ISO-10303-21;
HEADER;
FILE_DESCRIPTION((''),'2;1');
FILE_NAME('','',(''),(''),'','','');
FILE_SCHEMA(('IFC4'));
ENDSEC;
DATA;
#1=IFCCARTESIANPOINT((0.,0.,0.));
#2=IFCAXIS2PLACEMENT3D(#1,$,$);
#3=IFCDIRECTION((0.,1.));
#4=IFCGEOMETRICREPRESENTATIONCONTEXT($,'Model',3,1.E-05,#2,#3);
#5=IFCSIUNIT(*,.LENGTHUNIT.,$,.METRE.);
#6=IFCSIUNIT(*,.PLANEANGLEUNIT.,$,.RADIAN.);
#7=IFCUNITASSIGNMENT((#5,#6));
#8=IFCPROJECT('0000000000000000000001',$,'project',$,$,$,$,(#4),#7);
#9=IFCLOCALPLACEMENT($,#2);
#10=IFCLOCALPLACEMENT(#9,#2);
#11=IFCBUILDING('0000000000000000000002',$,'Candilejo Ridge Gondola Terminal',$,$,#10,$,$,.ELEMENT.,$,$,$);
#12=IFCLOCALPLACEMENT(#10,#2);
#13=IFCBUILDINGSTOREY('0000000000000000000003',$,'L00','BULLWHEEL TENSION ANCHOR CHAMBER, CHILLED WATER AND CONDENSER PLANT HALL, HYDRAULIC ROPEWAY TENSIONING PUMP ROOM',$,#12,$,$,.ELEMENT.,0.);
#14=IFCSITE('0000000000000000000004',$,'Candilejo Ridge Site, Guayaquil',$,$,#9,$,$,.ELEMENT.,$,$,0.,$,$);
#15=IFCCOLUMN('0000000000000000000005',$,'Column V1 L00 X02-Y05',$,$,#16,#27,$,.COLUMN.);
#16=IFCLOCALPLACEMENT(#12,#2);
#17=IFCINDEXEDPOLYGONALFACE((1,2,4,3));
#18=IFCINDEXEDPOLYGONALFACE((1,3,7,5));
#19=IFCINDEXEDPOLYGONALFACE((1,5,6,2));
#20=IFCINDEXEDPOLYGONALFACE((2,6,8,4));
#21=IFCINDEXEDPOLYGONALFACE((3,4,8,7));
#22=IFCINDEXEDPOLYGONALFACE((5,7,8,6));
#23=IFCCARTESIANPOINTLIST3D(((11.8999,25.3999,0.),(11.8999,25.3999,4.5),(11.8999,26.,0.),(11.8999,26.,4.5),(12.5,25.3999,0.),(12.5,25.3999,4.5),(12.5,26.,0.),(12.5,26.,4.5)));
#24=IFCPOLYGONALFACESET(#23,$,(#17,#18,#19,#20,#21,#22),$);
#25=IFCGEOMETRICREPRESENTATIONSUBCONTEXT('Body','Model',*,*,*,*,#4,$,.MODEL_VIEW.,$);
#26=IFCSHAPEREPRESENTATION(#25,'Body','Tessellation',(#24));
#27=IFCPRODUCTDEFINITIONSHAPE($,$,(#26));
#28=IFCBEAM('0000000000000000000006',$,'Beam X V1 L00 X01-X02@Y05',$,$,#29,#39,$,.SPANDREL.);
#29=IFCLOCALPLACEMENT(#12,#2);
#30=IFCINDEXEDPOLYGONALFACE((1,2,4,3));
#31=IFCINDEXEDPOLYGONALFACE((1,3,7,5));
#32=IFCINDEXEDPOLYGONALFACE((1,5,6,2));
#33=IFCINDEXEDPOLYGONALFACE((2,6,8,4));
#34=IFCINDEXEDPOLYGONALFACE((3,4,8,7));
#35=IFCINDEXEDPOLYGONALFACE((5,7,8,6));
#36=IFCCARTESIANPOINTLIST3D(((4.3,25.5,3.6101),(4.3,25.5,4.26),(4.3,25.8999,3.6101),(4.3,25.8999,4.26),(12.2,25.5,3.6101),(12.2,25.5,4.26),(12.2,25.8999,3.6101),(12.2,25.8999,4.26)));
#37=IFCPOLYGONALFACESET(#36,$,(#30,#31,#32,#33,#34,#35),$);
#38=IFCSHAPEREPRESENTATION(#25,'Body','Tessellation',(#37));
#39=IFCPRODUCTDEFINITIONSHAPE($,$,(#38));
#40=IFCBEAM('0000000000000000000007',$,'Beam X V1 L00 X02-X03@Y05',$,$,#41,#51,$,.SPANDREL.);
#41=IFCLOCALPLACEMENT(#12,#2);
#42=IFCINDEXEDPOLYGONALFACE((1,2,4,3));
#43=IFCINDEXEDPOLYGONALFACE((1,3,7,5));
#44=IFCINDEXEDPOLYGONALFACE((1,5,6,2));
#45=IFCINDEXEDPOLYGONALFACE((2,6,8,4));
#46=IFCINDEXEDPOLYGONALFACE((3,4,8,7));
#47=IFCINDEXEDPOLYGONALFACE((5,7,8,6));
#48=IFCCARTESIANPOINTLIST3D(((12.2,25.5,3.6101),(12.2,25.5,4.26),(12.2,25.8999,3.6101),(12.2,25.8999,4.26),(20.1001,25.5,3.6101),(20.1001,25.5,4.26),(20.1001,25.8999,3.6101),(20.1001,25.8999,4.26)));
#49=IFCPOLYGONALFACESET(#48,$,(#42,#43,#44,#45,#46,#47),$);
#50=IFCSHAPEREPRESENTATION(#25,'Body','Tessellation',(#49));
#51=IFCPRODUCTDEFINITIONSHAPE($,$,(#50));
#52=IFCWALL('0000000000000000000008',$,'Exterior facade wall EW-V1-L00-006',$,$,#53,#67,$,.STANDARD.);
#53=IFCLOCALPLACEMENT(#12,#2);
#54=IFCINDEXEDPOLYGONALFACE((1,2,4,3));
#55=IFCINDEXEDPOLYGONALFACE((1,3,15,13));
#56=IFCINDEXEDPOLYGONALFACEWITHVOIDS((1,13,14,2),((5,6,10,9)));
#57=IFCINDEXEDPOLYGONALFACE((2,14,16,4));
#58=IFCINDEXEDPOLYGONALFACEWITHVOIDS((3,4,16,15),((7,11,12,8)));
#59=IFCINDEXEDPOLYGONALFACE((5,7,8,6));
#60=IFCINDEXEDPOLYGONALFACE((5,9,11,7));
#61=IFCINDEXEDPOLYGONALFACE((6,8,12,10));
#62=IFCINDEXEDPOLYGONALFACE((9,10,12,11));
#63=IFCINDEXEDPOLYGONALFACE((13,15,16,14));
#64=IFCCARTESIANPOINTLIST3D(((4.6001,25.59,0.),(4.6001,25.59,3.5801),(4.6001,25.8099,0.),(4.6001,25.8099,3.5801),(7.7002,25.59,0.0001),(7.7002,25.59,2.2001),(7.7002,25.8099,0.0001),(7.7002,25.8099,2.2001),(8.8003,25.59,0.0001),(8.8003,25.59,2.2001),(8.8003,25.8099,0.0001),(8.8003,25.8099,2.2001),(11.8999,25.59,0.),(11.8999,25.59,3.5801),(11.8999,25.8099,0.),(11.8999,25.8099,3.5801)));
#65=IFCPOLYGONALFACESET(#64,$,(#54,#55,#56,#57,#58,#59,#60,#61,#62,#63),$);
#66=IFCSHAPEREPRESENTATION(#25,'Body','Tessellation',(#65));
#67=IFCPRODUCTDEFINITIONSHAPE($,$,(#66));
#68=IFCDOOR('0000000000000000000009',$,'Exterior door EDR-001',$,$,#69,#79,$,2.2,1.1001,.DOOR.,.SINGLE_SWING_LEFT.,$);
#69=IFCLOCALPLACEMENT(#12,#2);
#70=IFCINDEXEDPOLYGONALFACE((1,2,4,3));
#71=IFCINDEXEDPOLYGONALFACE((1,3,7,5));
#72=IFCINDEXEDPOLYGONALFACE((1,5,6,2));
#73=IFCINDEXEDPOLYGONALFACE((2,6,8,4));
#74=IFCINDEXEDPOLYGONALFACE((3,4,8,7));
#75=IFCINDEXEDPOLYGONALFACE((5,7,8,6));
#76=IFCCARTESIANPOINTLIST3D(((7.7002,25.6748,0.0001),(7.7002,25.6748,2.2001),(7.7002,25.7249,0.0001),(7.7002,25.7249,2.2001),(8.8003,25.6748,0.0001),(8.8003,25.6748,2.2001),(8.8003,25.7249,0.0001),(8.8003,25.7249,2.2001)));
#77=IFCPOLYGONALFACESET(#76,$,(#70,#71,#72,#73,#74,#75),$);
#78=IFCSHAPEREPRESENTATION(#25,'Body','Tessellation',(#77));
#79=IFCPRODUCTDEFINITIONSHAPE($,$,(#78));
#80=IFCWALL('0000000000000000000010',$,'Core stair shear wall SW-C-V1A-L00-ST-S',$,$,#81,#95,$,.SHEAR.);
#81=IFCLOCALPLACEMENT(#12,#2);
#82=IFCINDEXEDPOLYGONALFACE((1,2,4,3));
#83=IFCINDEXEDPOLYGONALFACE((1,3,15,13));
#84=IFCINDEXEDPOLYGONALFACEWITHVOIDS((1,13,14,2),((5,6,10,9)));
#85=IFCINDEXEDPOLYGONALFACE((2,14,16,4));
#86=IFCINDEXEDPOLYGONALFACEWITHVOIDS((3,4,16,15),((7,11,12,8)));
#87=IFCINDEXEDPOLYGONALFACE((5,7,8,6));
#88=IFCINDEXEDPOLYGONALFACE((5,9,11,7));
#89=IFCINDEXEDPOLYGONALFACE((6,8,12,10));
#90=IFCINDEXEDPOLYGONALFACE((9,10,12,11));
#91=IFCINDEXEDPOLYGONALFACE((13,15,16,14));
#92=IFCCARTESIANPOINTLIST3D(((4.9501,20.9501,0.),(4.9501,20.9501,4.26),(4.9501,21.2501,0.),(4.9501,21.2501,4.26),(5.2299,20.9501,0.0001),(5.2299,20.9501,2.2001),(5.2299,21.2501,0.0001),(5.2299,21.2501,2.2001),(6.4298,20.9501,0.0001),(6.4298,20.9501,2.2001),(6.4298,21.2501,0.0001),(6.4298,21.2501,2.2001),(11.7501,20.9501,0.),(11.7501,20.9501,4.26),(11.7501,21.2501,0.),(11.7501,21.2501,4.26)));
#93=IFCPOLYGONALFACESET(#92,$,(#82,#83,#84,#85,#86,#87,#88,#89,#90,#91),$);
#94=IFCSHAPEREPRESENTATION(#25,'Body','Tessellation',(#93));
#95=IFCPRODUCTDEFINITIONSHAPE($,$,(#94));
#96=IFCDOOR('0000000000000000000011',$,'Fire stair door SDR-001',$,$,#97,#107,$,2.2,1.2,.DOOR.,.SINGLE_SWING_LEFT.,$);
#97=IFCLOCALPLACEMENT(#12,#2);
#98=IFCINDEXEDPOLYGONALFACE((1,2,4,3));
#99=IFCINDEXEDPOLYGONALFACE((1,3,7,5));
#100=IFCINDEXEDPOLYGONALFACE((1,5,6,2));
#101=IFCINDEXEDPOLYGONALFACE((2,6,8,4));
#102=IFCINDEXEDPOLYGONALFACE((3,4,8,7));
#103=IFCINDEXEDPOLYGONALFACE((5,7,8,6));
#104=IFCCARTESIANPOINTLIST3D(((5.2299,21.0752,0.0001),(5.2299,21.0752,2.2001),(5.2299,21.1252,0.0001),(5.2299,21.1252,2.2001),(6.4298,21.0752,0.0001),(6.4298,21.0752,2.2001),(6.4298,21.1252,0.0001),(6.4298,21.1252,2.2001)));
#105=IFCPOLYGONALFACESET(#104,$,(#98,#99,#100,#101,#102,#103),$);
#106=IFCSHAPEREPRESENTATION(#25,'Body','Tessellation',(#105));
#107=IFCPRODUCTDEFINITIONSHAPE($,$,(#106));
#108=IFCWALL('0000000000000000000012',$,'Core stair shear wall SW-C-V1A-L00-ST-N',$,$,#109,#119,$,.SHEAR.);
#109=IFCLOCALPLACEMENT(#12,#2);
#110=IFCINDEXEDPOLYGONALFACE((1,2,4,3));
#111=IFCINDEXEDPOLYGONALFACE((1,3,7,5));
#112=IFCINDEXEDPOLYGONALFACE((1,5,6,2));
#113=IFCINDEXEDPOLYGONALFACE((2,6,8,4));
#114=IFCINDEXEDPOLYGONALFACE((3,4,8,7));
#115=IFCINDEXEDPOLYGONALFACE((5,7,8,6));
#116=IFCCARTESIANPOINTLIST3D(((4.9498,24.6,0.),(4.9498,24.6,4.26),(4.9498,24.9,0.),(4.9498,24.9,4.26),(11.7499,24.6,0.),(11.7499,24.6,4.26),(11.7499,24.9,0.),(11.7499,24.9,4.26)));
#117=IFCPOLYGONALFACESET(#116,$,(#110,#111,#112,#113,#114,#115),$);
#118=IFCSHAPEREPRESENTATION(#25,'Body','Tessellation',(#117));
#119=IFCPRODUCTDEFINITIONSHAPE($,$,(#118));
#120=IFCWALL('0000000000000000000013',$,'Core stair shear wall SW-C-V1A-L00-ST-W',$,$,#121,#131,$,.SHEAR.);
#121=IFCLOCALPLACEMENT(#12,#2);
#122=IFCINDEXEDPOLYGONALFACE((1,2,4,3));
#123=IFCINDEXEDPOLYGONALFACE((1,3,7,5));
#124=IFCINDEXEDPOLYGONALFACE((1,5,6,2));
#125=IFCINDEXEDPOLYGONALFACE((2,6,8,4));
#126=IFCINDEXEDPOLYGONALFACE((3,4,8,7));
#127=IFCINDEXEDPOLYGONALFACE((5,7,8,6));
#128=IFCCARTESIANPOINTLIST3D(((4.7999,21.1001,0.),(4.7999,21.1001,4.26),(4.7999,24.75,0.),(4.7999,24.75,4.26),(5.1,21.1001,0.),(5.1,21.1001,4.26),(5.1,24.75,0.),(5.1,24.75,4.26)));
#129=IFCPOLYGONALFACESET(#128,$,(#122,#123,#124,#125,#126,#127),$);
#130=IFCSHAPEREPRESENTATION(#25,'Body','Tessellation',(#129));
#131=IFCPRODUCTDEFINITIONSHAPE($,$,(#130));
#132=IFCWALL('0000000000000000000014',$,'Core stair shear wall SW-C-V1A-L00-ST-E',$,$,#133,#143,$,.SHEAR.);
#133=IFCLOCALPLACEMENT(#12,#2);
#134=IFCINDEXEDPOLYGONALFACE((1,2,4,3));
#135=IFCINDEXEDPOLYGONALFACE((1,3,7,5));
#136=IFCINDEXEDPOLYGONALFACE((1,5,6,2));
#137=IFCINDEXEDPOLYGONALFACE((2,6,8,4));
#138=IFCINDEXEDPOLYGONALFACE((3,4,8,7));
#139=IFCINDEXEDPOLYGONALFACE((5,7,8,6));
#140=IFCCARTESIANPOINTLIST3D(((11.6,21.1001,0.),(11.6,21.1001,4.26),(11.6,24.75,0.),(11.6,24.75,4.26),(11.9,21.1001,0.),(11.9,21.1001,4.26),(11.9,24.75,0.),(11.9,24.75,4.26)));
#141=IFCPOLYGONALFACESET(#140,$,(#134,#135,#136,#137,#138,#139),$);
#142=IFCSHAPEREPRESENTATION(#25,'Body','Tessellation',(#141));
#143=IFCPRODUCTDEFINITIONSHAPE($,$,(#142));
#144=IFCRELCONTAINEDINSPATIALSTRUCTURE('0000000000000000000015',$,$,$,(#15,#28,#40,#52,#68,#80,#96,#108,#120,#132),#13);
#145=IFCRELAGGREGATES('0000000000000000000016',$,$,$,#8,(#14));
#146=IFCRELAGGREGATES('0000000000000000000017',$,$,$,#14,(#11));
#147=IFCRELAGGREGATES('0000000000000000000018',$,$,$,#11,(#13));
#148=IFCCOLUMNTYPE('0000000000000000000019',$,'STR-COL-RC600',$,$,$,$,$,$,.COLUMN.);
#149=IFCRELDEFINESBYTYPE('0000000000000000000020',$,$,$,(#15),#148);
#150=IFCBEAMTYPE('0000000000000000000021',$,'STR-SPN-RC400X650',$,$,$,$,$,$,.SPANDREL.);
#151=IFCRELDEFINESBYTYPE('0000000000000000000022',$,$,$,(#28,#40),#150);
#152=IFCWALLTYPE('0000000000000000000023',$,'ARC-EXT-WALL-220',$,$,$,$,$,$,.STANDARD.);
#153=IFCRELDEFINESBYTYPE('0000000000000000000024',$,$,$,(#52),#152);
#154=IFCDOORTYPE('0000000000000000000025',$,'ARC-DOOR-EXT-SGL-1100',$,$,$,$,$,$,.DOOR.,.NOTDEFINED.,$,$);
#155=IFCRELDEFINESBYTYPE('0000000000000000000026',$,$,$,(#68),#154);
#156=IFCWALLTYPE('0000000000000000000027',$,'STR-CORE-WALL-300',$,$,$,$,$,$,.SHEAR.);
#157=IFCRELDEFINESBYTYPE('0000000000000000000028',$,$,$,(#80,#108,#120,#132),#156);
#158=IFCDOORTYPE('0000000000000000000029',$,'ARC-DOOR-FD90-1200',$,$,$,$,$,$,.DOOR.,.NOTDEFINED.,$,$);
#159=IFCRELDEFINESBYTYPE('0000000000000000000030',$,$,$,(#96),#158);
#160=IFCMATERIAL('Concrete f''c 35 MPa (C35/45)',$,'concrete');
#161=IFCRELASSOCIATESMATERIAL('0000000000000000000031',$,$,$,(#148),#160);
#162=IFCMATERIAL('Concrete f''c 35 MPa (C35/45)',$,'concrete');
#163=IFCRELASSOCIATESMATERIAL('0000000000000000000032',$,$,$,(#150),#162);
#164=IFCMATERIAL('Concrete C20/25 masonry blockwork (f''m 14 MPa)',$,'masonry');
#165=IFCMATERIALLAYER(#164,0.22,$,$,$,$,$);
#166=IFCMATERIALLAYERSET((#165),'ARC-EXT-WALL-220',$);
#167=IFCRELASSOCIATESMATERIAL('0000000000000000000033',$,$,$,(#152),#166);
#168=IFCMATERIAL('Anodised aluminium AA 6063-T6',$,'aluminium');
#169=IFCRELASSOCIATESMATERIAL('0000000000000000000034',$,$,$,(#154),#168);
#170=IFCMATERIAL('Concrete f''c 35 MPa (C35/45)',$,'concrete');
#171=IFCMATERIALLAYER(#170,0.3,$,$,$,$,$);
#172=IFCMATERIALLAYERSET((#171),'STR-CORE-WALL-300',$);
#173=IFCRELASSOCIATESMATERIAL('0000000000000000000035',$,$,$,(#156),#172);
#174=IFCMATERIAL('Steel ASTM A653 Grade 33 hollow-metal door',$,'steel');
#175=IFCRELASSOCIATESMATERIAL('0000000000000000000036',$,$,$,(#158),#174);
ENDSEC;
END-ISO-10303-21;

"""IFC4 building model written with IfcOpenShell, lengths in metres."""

from ifc_helpers import new_model, si_unit, direction, frame, frame_2d, origin, origin_2d, place, context, subcontext, project, spatial, rectangle, extrude, material, layer, layer_set, material_profile, profile_set, type_object, element, fill, save


model = new_model("IFC4")

# Units and contexts
model_context = context("Model", 3, precision=1e-05, world=origin(), true_north=direction((0.0, 1.0)))
body_context = subcontext(model_context, "Body", "Model", "MODEL_VIEW")
ifc_project = project(units=[si_unit("LENGTHUNIT", "METRE"), si_unit("PLANEANGLEUNIT", "RADIAN")], contexts=[model_context])

# Site, building, storey
site_placement = place(None, origin())
site = spatial("IfcSite", under=ifc_project, at=site_placement, Name="Candilejo Ridge Site, Guayaquil", CompositionType="ELEMENT", RefElevation=0.0)
building_placement = place(site_placement, origin())
building = spatial("IfcBuilding", under=site, at=building_placement, Name="Candilejo Ridge Gondola Terminal", CompositionType="ELEMENT")
storey_placement = place(building_placement, origin())
storey = spatial("IfcBuildingStorey", under=building, at=storey_placement, Name="L00", Description="BULLWHEEL TENSION ANCHOR CHAMBER, CHILLED WATER AND CONDENSER PLANT HALL, HYDRAULIC ROPEWAY TENSIONING PUMP ROOM", CompositionType="ELEMENT", Elevation=0.0)

# Column
ifc_material_1 = material(Name="Concrete f'c 35 MPa (C35/45)", Category="concrete")
ifc_material_profile_1 = material_profile(ifc_material_1, rectangle(XDim=0.6001, YDim=0.6001, at=origin_2d()))
ifc_profile_set_1 = profile_set([ifc_material_profile_1], Name="Concrete f'c 35 MPa (C35/45)")
column_type = type_object("IfcColumnType", Name="STR-COL-RC600", PredefinedType="COLUMN", material=ifc_profile_set_1)
for number, where, z_axis, x_axis, name in (
    (1, (12.2, 25.7, 0.0), (0.0, 0.0, 1.0), (1.0, 0.0, 0.0), "Column V1 L00 X02-Y05"),
):
    element("IfcColumn", number, at=place(storey_placement, frame(where, z_axis=z_axis, x_axis=x_axis)), inside=storey, type_object=column_type, Name=name, PredefinedType="COLUMN", context=body_context, shape_type="SweptSolid", body=[
        extrude(rectangle(XDim=0.6001, YDim=0.6001, at=origin_2d()), origin(), (0.0, 0.0, 1.0), 4.5),
    ])

# Beams
ifc_material_2 = material(Name="Concrete f'c 35 MPa (C35/45)", Category="concrete")
ifc_material_profile_2 = material_profile(ifc_material_2, rectangle(XDim=0.3999, YDim=0.6499, at=origin_2d()))
ifc_profile_set_2 = profile_set([ifc_material_profile_2], Name="Concrete f'c 35 MPa (C35/45)")
beam_type = type_object("IfcBeamType", Name="STR-SPN-RC400X650", PredefinedType="SPANDREL", material=ifc_profile_set_2)
beam_1_placement = place(storey_placement, frame((4.3, 25.7, 3.9351), z_axis=(1.0, 0.0, 0.0), x_axis=(0.0, 1.0, 0.0)))
element("IfcBeam", 2, at=beam_1_placement, inside=storey, type_object=beam_type, Name="Beam X V1 L00 X01-X02@Y05", PredefinedType="SPANDREL", context=body_context, shape_type="SweptSolid", body=[
    extrude(rectangle(XDim=0.3999, YDim=0.6499, at=origin_2d()), origin(), (0.0, 0.0, 1.0), 7.8999),
])
beam_2_placement = place(storey_placement, frame((12.2, 25.7, 3.9351), z_axis=(1.0, 0.0, 0.0), x_axis=(0.0, 1.0, 0.0)))
element("IfcBeam", 3, at=beam_2_placement, inside=storey, type_object=beam_type, Name="Beam X V1 L00 X02-X03@Y05", PredefinedType="SPANDREL", context=body_context, shape_type="SweptSolid", body=[
    extrude(rectangle(XDim=0.3999, YDim=0.6499, at=origin_2d()), origin(), (0.0, 0.0, 1.0), 7.9001),
])

# Walls, openings, doors
ifc_material_3 = material(Name="Concrete C20/25 masonry blockwork (f'm 14 MPa)", Category="masonry")
ifc_layer_1 = layer(ifc_material_3, 0.22)
ifc_layer_set_1 = layer_set([ifc_layer_1], Name="ARC-EXT-WALL-220")
wall_type_1 = type_object("IfcWallType", Name="ARC-EXT-WALL-220", PredefinedType="STANDARD", material=ifc_layer_set_1)
wall_1_placement = place(storey_placement, frame((4.6001, 25.7, 0.0), z_axis=(0.0, 0.0, 1.0), x_axis=(1.0, 0.0, 0.0)))
wall_1 = element("IfcWall", 4, at=wall_1_placement, inside=storey, type_object=wall_type_1, Name="Exterior facade wall EW-V1-L00-006", PredefinedType="STANDARD", context=body_context, shape_type="SweptSolid", body=[
    extrude(rectangle(XDim=7.2998, YDim=0.22, at=frame_2d((3.6499, 0.0))), origin(), (0.0, 0.0, 1.0), 3.5801),
])
opening_1_placement = place(wall_1_placement, frame((3.1001, 0.0, 0.0)))
opening_1 = element("IfcOpeningElement", 5, at=opening_1_placement, cuts=wall_1, PredefinedType="OPENING", context=body_context, shape_type="SweptSolid", body=[
    extrude(rectangle(XDim=1.1001, YDim=2.2, at=frame_2d((0.55, 1.1001))), frame((0.0, 0.1199, 0.0), z_axis=(0.0, -1.0, 0.0), x_axis=(1.0, 0.0, 0.0)), (0.0, 0.0, 1.0), 0.24),
])
ifc_material_4 = material(Name="Anodised aluminium AA 6063-T6", Category="aluminium")
door_type_1 = type_object("IfcDoorType", Name="ARC-DOOR-EXT-SGL-1100", OperationType="NOTDEFINED", PredefinedType="DOOR", material=ifc_material_4)
door_1_placement = place(opening_1_placement, origin())
door_1 = element("IfcDoor", 6, at=door_1_placement, inside=storey, type_object=door_type_1, Name="Exterior door EDR-001", OperationType="SINGLE_SWING_LEFT", OverallHeight=2.2, OverallWidth=1.1001, PredefinedType="DOOR", context=body_context, shape_type="SweptSolid", body=[
    extrude(rectangle(XDim=1.1001, YDim=2.2, at=frame_2d((0.55, 1.1001))), frame((0.0, 0.0249, 0.0), z_axis=(0.0, -1.0, 0.0), x_axis=(1.0, 0.0, 0.0)), (0.0, 0.0, 1.0), 0.05),
])
fill(opening_1, door_1)
ifc_material_5 = material(Name="Concrete f'c 35 MPa (C35/45)", Category="concrete")
ifc_layer_2 = layer(ifc_material_5, 0.3)
ifc_layer_set_2 = layer_set([ifc_layer_2], Name="STR-CORE-WALL-300")
wall_type_2 = type_object("IfcWallType", Name="STR-CORE-WALL-300", PredefinedType="SHEAR", material=ifc_layer_set_2)
wall_2_placement = place(storey_placement, frame((11.75, 21.1001, 0.0), z_axis=(0.0, 0.0, 1.0), x_axis=(-1.0, 0.0, 0.0)))
wall_2 = element("IfcWall", 7, at=wall_2_placement, inside=storey, type_object=wall_type_2, Name="Core stair shear wall SW-C-V1A-L00-ST-S", PredefinedType="SHEAR", context=body_context, shape_type="SweptSolid", body=[
    extrude(rectangle(XDim=6.8, YDim=0.3, at=frame_2d((3.3999, 0.0))), origin(), (0.0, 0.0, 1.0), 4.26),
])
opening_2_placement = place(wall_2_placement, frame((5.3201, 0.0, 0.0)))
opening_2 = element("IfcOpeningElement", 8, at=opening_2_placement, cuts=wall_2, PredefinedType="OPENING", context=body_context, shape_type="SweptSolid", body=[
    extrude(rectangle(XDim=1.2, YDim=2.2, at=frame_2d((0.6001, 1.1001))), frame((0.0, 0.1599, 0.0), z_axis=(0.0, -1.0, 0.0), x_axis=(1.0, 0.0, 0.0)), (0.0, 0.0, 1.0), 0.3201),
])
ifc_material_6 = material(Name="Steel ASTM A653 Grade 33 hollow-metal door", Category="steel")
door_type_2 = type_object("IfcDoorType", Name="ARC-DOOR-FD90-1200", OperationType="NOTDEFINED", PredefinedType="DOOR", material=ifc_material_6)
door_2_placement = place(opening_2_placement, origin())
door_2 = element("IfcDoor", 9, at=door_2_placement, inside=storey, type_object=door_type_2, Name="Fire stair door SDR-001", OperationType="SINGLE_SWING_LEFT", OverallHeight=2.2, OverallWidth=1.2, PredefinedType="DOOR", context=body_context, shape_type="SweptSolid", body=[
    extrude(rectangle(XDim=1.2, YDim=2.2, at=frame_2d((0.6001, 1.1001))), frame((0.0, 0.0249, 0.0), z_axis=(0.0, -1.0, 0.0), x_axis=(1.0, 0.0, 0.0)), (0.0, 0.0, 1.0), 0.05),
])
fill(opening_2, door_2)

# Walls
wall_3_placement = place(storey_placement, frame((4.95, 24.75, 0.0), z_axis=(0.0, 0.0, 1.0), x_axis=(1.0, 0.0, 0.0)))
element("IfcWall", 10, at=wall_3_placement, inside=storey, type_object=wall_type_2, Name="Core stair shear wall SW-C-V1A-L00-ST-N", PredefinedType="SHEAR", context=body_context, shape_type="SweptSolid", body=[
    extrude(rectangle(XDim=6.8, YDim=0.3, at=frame_2d((3.3999, 0.0))), origin(), (0.0, 0.0, 1.0), 4.26),
])
for number, where, z_axis, x_axis, name in (
    (11, (4.95, 21.1001, 0.0), (0.0, 0.0, 1.0), (0.0, 1.0, 0.0), "Core stair shear wall SW-C-V1A-L00-ST-W"),
    (12, (11.75, 24.75, 0.0), (0.0, 0.0, 1.0), (0.0, -1.0, 0.0), "Core stair shear wall SW-C-V1A-L00-ST-E"),
):
    element("IfcWall", number, at=place(storey_placement, frame(where, z_axis=z_axis, x_axis=x_axis)), inside=storey, type_object=wall_type_2, Name=name, PredefinedType="SHEAR", context=body_context, shape_type="SweptSolid", body=[
        extrude(rectangle(XDim=3.6499, YDim=0.3, at=frame_2d((1.825, 0.0))), origin(), (0.0, 0.0, 1.0), 4.26),
    ])

save(model, "model.ifc")
